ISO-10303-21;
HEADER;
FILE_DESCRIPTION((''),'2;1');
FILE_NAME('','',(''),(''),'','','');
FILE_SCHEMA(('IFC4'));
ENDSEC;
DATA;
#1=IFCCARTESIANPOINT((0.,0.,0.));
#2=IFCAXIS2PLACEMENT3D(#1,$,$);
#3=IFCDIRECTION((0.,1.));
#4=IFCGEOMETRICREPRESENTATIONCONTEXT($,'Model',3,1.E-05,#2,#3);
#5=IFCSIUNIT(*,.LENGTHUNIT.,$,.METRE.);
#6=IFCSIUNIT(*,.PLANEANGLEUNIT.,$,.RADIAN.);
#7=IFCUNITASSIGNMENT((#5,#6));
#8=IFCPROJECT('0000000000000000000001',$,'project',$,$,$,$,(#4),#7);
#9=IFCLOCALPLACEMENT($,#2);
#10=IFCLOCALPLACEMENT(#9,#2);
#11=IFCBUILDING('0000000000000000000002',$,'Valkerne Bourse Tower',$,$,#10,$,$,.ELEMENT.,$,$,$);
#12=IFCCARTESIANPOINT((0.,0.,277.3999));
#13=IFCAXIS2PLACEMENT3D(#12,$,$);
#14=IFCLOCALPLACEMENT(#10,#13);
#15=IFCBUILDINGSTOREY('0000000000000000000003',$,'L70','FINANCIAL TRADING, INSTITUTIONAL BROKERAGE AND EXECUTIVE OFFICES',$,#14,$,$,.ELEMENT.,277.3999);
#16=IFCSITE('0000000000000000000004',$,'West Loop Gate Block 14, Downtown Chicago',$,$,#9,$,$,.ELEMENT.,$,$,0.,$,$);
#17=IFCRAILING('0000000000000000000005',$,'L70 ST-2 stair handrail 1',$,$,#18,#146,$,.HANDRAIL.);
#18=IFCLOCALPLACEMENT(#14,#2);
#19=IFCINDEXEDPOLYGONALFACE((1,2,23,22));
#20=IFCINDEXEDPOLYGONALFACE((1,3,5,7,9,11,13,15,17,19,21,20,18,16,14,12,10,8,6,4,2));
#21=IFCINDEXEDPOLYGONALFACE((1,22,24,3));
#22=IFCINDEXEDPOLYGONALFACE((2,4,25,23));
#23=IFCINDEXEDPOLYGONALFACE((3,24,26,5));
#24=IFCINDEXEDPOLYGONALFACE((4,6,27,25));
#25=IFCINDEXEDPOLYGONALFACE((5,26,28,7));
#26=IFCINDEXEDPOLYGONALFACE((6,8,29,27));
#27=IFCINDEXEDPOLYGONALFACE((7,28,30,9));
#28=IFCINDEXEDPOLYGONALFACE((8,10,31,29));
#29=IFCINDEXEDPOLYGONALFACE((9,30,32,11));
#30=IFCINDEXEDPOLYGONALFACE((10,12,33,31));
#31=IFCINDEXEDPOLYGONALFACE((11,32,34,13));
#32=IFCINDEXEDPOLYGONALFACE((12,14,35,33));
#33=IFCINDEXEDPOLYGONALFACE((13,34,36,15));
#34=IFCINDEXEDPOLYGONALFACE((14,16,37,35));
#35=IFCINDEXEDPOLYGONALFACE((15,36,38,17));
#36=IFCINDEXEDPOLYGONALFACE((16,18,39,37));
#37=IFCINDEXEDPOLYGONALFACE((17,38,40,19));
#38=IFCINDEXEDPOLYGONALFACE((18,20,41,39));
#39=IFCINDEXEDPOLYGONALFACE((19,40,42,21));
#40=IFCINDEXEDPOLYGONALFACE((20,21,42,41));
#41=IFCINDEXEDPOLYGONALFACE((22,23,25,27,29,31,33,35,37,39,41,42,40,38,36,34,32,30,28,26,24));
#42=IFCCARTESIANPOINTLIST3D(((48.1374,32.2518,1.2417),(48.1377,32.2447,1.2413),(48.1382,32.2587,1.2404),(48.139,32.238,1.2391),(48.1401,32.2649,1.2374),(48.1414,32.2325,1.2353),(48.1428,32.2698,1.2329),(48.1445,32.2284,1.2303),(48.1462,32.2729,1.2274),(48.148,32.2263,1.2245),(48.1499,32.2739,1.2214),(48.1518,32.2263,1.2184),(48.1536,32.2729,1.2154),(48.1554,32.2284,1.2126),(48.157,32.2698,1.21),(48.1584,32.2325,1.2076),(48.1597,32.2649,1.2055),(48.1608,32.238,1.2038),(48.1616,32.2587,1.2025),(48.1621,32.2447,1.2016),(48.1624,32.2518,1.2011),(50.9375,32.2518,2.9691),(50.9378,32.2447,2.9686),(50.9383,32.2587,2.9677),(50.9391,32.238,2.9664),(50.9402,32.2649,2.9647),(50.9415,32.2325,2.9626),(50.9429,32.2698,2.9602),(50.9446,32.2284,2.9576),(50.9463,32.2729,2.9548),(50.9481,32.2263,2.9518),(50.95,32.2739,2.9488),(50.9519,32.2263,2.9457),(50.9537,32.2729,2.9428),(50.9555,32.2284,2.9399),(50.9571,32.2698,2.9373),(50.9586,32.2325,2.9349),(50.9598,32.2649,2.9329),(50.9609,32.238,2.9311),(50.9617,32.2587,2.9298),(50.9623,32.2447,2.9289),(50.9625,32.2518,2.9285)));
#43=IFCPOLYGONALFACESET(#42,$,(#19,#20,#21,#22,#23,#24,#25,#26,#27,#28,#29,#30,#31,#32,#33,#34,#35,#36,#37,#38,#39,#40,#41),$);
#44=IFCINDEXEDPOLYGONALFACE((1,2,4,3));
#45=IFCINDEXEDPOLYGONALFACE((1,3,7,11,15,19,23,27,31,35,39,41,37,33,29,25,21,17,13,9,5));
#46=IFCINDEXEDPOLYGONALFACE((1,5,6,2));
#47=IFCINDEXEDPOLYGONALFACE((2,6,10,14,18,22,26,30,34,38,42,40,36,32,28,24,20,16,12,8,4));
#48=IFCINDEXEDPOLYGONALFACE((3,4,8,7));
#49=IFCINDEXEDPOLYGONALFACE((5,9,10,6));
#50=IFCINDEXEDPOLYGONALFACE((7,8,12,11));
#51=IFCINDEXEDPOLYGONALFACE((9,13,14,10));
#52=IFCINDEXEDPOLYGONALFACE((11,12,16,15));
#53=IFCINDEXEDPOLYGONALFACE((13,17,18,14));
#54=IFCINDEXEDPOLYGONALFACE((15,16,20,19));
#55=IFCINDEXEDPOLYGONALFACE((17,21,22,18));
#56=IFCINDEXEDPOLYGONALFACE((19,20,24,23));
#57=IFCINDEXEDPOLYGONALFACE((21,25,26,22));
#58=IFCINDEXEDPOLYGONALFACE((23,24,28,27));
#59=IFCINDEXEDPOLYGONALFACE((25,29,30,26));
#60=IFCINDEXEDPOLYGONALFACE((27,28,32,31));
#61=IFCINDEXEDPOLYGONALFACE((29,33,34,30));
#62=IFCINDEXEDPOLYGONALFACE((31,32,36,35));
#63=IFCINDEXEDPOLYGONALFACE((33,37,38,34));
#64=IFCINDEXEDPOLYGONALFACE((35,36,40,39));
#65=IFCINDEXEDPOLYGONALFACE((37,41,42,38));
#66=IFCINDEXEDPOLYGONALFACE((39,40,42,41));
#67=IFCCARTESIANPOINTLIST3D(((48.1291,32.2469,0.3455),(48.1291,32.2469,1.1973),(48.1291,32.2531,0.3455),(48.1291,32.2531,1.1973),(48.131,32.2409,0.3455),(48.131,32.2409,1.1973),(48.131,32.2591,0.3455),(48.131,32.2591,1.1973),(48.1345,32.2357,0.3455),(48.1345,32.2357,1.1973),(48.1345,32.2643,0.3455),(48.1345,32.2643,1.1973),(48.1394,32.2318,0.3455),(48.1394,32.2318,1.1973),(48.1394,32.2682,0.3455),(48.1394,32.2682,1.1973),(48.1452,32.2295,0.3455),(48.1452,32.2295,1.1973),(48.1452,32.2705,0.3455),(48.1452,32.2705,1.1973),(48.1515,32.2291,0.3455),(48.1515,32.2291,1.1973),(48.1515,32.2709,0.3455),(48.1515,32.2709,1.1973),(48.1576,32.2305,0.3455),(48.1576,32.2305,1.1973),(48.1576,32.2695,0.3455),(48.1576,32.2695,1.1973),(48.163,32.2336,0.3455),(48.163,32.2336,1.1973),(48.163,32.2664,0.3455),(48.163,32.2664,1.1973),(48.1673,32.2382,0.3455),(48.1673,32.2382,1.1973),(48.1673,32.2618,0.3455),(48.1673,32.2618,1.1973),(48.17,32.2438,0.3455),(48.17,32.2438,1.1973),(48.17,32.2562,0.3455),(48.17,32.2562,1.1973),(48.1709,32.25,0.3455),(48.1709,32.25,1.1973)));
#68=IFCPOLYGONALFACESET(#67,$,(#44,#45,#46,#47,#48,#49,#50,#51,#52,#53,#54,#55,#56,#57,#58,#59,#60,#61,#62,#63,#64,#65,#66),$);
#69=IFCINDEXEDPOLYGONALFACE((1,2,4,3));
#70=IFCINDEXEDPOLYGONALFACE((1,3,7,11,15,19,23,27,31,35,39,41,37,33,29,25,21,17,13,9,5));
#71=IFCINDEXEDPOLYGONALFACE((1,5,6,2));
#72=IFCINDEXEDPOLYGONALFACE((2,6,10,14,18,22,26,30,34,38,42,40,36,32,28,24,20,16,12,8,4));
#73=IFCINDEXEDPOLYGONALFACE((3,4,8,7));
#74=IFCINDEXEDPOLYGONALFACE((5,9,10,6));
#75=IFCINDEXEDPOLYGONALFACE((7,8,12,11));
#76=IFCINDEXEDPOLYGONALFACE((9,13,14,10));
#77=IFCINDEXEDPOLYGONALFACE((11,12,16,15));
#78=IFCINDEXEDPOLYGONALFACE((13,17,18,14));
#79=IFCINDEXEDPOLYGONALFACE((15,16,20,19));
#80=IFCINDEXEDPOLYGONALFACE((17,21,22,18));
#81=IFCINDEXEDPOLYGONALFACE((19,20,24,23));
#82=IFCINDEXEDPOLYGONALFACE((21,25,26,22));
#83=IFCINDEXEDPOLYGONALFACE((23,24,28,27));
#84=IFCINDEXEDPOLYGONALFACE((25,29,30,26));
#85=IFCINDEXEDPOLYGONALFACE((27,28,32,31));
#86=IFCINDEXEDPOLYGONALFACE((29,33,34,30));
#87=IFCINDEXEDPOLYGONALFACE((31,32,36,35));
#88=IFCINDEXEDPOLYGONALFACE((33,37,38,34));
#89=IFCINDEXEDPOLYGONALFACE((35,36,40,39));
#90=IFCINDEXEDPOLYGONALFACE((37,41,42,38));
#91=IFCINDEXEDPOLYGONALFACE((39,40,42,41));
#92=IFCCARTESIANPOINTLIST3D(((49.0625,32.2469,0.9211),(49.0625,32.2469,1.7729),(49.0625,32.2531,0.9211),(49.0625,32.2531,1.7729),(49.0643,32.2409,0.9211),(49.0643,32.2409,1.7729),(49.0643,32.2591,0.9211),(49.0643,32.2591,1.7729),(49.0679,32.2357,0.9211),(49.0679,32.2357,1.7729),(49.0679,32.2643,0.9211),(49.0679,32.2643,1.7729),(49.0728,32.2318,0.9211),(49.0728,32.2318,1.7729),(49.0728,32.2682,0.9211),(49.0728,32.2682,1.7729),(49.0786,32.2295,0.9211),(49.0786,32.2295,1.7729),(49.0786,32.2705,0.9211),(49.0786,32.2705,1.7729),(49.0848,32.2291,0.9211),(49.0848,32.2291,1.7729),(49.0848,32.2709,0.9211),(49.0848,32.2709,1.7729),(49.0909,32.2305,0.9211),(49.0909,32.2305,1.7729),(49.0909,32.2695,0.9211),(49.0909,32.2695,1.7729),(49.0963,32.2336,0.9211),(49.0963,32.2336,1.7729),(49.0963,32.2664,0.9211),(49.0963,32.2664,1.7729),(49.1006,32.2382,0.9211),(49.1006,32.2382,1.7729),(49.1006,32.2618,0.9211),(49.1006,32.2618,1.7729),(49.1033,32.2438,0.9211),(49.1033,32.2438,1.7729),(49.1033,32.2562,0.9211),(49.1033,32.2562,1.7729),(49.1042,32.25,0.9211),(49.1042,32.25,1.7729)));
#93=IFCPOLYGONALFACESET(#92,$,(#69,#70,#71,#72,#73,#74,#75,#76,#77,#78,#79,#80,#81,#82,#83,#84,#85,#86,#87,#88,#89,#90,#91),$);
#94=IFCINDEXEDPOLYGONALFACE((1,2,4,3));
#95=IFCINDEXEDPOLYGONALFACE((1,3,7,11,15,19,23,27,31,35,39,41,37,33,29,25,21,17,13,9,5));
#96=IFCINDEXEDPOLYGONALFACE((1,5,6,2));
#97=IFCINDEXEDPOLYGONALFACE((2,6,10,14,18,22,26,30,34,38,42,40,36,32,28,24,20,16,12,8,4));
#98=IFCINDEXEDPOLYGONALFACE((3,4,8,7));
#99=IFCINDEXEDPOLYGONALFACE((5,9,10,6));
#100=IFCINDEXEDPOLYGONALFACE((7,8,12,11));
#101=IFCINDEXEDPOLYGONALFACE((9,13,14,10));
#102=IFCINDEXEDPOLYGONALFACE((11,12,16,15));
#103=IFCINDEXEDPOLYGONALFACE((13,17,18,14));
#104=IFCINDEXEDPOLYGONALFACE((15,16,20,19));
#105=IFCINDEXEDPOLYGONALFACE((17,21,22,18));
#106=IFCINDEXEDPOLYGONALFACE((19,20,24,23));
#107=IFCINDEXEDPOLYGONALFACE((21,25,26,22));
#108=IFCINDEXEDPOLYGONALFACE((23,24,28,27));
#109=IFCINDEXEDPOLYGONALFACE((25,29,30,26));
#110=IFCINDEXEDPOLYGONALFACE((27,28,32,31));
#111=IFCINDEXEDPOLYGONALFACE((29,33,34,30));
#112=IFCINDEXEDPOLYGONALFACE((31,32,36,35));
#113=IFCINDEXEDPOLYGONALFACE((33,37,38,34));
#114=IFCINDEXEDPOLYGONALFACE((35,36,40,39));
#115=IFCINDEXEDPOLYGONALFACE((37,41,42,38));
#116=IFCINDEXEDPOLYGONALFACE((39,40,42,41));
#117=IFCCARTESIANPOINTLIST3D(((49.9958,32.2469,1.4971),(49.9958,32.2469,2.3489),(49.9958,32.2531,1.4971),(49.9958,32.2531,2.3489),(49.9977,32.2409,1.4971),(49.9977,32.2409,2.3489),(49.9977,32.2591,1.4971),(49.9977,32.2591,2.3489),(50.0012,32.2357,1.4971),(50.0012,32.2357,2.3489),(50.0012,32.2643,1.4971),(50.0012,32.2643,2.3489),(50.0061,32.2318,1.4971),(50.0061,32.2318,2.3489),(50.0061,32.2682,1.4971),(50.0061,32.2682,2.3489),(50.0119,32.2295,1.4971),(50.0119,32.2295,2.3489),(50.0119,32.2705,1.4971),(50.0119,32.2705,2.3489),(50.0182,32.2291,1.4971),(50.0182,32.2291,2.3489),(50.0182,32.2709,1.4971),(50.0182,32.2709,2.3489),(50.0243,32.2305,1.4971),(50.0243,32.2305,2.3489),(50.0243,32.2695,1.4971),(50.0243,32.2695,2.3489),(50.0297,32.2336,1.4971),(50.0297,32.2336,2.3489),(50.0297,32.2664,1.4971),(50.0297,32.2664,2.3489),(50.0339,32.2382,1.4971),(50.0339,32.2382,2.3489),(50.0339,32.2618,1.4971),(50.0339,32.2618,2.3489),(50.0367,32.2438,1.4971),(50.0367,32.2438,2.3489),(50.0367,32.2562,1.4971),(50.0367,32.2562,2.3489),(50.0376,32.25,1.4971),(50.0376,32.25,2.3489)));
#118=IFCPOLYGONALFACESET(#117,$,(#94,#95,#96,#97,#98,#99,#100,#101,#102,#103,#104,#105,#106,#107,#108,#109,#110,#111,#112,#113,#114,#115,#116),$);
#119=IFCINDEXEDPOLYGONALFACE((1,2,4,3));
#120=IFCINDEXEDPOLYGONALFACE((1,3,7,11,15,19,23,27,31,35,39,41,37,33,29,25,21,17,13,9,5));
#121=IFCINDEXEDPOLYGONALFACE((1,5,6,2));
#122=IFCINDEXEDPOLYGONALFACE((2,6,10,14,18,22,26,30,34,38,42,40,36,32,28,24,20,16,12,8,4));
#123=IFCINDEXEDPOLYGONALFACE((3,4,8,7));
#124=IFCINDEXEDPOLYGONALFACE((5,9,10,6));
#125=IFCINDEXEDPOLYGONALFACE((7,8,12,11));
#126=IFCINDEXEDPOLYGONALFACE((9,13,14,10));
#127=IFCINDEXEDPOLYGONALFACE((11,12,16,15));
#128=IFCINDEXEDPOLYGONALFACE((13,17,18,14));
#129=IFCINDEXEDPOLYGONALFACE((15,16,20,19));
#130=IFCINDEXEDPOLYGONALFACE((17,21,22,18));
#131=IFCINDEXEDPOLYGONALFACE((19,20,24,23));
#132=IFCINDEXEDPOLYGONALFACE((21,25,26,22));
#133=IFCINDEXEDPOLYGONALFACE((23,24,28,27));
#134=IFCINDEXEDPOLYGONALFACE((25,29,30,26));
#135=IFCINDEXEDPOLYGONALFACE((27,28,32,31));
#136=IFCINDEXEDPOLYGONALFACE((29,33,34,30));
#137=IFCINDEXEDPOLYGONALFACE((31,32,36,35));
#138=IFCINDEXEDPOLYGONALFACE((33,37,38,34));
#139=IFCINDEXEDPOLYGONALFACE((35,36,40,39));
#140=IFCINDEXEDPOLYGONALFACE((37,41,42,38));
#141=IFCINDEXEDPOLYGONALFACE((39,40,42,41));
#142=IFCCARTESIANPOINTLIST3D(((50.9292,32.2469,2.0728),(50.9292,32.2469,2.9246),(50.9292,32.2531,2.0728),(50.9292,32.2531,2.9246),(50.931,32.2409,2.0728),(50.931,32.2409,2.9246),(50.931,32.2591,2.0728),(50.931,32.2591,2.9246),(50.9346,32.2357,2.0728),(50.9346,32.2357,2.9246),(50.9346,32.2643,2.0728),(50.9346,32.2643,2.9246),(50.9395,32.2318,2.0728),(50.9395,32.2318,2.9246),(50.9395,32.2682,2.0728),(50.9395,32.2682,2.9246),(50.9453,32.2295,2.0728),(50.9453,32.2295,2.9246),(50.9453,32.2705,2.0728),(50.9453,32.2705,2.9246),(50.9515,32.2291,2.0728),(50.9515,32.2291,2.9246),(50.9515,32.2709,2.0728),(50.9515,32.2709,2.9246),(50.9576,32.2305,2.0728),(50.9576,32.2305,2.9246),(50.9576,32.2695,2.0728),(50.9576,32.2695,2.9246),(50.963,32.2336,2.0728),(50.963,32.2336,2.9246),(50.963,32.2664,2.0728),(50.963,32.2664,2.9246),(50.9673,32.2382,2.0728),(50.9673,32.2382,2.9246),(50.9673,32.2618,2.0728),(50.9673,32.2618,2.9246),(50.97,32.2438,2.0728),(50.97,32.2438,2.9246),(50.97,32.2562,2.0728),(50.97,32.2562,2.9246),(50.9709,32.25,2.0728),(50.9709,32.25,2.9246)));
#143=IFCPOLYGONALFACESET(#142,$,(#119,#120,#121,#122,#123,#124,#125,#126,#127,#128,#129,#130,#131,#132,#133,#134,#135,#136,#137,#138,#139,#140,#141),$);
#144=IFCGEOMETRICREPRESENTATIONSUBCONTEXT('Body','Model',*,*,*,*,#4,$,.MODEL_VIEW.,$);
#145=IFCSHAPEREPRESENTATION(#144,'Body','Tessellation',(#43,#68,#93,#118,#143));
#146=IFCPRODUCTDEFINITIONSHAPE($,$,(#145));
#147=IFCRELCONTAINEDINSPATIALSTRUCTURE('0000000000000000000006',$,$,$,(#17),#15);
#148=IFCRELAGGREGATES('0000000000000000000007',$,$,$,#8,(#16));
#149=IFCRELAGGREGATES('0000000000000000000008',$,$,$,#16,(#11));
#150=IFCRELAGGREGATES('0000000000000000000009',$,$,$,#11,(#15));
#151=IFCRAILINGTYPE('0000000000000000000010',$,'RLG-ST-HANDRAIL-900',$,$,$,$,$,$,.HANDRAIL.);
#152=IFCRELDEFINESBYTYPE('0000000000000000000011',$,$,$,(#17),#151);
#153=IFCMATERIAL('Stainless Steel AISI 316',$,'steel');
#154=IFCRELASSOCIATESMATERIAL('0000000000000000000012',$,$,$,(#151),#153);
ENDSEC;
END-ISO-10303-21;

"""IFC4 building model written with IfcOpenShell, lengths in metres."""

from ifc_helpers import new_model, si_unit, direction, frame, origin, origin_2d, place, context, subcontext, project, spatial, circle, extrude, material, type_object, element, save


model = new_model("IFC4")

# Units and contexts
model_context = context("Model", 3, precision=1e-05, world=origin(), true_north=direction((0.0, 1.0)))
body_context = subcontext(model_context, "Body", "Model", "MODEL_VIEW")
ifc_project = project(units=[si_unit("LENGTHUNIT", "METRE"), si_unit("PLANEANGLEUNIT", "RADIAN")], contexts=[model_context])

# Site, building, storey
site_placement = place(None, origin())
site = spatial("IfcSite", under=ifc_project, at=site_placement, Name="West Loop Gate Block 14, Downtown Chicago", CompositionType="ELEMENT", RefElevation=0.0)
building_placement = place(site_placement, origin())
building = spatial("IfcBuilding", under=site, at=building_placement, Name="Valkerne Bourse Tower", CompositionType="ELEMENT")
storey_placement = place(building_placement, frame((0.0, 0.0, 277.3999)))
storey = spatial("IfcBuildingStorey", under=building, at=storey_placement, Name="L70", Description="FINANCIAL TRADING, INSTITUTIONAL BROKERAGE AND EXECUTIVE OFFICES", CompositionType="ELEMENT", Elevation=277.3999)

# Shared definitions
ifc_material_1 = material(Name="Stainless Steel AISI 316", Category="steel")

# Railing
railing_type_1 = type_object("IfcRailingType", Name="RLG-ST-HANDRAIL-900", PredefinedType="HANDRAIL", material=ifc_material_1)
railing_1_placement = place(storey_placement, frame((48.1499, 32.25, 0.3455)))
element("IfcRailing", 1, at=railing_1_placement, inside=storey, type_object=railing_type_1, Name="L70 ST-2 stair handrail 1", PredefinedType="HANDRAIL", context=body_context, shape_type="SweptSolid", body=[
    extrude(circle(Radius=0.0239, at=origin_2d()), frame((0.0, 0.0, 0.876), z_axis=(0.85109, 0.0, 0.52502), x_axis=(0.0, 1.0, 0.0)), (0.0, 0.0, 1.0), 3.29),
    extrude(circle(Radius=0.021, at=origin_2d()), origin(), (0.0, 0.0, 1.0), 0.8518),
    extrude(circle(Radius=0.021, at=origin_2d()), frame((0.9333, 0.0, 0.5757)), (0.0, 0.0, 1.0), 0.8518),
    extrude(circle(Radius=0.021, at=origin_2d()), frame((1.8667, 0.0, 1.1516)), (0.0, 0.0, 1.0), 0.8518),
    extrude(circle(Radius=0.021, at=origin_2d()), frame((2.8, 0.0, 1.7273)), (0.0, 0.0, 1.0), 0.8518),
])

save(model, "model.ifc")
